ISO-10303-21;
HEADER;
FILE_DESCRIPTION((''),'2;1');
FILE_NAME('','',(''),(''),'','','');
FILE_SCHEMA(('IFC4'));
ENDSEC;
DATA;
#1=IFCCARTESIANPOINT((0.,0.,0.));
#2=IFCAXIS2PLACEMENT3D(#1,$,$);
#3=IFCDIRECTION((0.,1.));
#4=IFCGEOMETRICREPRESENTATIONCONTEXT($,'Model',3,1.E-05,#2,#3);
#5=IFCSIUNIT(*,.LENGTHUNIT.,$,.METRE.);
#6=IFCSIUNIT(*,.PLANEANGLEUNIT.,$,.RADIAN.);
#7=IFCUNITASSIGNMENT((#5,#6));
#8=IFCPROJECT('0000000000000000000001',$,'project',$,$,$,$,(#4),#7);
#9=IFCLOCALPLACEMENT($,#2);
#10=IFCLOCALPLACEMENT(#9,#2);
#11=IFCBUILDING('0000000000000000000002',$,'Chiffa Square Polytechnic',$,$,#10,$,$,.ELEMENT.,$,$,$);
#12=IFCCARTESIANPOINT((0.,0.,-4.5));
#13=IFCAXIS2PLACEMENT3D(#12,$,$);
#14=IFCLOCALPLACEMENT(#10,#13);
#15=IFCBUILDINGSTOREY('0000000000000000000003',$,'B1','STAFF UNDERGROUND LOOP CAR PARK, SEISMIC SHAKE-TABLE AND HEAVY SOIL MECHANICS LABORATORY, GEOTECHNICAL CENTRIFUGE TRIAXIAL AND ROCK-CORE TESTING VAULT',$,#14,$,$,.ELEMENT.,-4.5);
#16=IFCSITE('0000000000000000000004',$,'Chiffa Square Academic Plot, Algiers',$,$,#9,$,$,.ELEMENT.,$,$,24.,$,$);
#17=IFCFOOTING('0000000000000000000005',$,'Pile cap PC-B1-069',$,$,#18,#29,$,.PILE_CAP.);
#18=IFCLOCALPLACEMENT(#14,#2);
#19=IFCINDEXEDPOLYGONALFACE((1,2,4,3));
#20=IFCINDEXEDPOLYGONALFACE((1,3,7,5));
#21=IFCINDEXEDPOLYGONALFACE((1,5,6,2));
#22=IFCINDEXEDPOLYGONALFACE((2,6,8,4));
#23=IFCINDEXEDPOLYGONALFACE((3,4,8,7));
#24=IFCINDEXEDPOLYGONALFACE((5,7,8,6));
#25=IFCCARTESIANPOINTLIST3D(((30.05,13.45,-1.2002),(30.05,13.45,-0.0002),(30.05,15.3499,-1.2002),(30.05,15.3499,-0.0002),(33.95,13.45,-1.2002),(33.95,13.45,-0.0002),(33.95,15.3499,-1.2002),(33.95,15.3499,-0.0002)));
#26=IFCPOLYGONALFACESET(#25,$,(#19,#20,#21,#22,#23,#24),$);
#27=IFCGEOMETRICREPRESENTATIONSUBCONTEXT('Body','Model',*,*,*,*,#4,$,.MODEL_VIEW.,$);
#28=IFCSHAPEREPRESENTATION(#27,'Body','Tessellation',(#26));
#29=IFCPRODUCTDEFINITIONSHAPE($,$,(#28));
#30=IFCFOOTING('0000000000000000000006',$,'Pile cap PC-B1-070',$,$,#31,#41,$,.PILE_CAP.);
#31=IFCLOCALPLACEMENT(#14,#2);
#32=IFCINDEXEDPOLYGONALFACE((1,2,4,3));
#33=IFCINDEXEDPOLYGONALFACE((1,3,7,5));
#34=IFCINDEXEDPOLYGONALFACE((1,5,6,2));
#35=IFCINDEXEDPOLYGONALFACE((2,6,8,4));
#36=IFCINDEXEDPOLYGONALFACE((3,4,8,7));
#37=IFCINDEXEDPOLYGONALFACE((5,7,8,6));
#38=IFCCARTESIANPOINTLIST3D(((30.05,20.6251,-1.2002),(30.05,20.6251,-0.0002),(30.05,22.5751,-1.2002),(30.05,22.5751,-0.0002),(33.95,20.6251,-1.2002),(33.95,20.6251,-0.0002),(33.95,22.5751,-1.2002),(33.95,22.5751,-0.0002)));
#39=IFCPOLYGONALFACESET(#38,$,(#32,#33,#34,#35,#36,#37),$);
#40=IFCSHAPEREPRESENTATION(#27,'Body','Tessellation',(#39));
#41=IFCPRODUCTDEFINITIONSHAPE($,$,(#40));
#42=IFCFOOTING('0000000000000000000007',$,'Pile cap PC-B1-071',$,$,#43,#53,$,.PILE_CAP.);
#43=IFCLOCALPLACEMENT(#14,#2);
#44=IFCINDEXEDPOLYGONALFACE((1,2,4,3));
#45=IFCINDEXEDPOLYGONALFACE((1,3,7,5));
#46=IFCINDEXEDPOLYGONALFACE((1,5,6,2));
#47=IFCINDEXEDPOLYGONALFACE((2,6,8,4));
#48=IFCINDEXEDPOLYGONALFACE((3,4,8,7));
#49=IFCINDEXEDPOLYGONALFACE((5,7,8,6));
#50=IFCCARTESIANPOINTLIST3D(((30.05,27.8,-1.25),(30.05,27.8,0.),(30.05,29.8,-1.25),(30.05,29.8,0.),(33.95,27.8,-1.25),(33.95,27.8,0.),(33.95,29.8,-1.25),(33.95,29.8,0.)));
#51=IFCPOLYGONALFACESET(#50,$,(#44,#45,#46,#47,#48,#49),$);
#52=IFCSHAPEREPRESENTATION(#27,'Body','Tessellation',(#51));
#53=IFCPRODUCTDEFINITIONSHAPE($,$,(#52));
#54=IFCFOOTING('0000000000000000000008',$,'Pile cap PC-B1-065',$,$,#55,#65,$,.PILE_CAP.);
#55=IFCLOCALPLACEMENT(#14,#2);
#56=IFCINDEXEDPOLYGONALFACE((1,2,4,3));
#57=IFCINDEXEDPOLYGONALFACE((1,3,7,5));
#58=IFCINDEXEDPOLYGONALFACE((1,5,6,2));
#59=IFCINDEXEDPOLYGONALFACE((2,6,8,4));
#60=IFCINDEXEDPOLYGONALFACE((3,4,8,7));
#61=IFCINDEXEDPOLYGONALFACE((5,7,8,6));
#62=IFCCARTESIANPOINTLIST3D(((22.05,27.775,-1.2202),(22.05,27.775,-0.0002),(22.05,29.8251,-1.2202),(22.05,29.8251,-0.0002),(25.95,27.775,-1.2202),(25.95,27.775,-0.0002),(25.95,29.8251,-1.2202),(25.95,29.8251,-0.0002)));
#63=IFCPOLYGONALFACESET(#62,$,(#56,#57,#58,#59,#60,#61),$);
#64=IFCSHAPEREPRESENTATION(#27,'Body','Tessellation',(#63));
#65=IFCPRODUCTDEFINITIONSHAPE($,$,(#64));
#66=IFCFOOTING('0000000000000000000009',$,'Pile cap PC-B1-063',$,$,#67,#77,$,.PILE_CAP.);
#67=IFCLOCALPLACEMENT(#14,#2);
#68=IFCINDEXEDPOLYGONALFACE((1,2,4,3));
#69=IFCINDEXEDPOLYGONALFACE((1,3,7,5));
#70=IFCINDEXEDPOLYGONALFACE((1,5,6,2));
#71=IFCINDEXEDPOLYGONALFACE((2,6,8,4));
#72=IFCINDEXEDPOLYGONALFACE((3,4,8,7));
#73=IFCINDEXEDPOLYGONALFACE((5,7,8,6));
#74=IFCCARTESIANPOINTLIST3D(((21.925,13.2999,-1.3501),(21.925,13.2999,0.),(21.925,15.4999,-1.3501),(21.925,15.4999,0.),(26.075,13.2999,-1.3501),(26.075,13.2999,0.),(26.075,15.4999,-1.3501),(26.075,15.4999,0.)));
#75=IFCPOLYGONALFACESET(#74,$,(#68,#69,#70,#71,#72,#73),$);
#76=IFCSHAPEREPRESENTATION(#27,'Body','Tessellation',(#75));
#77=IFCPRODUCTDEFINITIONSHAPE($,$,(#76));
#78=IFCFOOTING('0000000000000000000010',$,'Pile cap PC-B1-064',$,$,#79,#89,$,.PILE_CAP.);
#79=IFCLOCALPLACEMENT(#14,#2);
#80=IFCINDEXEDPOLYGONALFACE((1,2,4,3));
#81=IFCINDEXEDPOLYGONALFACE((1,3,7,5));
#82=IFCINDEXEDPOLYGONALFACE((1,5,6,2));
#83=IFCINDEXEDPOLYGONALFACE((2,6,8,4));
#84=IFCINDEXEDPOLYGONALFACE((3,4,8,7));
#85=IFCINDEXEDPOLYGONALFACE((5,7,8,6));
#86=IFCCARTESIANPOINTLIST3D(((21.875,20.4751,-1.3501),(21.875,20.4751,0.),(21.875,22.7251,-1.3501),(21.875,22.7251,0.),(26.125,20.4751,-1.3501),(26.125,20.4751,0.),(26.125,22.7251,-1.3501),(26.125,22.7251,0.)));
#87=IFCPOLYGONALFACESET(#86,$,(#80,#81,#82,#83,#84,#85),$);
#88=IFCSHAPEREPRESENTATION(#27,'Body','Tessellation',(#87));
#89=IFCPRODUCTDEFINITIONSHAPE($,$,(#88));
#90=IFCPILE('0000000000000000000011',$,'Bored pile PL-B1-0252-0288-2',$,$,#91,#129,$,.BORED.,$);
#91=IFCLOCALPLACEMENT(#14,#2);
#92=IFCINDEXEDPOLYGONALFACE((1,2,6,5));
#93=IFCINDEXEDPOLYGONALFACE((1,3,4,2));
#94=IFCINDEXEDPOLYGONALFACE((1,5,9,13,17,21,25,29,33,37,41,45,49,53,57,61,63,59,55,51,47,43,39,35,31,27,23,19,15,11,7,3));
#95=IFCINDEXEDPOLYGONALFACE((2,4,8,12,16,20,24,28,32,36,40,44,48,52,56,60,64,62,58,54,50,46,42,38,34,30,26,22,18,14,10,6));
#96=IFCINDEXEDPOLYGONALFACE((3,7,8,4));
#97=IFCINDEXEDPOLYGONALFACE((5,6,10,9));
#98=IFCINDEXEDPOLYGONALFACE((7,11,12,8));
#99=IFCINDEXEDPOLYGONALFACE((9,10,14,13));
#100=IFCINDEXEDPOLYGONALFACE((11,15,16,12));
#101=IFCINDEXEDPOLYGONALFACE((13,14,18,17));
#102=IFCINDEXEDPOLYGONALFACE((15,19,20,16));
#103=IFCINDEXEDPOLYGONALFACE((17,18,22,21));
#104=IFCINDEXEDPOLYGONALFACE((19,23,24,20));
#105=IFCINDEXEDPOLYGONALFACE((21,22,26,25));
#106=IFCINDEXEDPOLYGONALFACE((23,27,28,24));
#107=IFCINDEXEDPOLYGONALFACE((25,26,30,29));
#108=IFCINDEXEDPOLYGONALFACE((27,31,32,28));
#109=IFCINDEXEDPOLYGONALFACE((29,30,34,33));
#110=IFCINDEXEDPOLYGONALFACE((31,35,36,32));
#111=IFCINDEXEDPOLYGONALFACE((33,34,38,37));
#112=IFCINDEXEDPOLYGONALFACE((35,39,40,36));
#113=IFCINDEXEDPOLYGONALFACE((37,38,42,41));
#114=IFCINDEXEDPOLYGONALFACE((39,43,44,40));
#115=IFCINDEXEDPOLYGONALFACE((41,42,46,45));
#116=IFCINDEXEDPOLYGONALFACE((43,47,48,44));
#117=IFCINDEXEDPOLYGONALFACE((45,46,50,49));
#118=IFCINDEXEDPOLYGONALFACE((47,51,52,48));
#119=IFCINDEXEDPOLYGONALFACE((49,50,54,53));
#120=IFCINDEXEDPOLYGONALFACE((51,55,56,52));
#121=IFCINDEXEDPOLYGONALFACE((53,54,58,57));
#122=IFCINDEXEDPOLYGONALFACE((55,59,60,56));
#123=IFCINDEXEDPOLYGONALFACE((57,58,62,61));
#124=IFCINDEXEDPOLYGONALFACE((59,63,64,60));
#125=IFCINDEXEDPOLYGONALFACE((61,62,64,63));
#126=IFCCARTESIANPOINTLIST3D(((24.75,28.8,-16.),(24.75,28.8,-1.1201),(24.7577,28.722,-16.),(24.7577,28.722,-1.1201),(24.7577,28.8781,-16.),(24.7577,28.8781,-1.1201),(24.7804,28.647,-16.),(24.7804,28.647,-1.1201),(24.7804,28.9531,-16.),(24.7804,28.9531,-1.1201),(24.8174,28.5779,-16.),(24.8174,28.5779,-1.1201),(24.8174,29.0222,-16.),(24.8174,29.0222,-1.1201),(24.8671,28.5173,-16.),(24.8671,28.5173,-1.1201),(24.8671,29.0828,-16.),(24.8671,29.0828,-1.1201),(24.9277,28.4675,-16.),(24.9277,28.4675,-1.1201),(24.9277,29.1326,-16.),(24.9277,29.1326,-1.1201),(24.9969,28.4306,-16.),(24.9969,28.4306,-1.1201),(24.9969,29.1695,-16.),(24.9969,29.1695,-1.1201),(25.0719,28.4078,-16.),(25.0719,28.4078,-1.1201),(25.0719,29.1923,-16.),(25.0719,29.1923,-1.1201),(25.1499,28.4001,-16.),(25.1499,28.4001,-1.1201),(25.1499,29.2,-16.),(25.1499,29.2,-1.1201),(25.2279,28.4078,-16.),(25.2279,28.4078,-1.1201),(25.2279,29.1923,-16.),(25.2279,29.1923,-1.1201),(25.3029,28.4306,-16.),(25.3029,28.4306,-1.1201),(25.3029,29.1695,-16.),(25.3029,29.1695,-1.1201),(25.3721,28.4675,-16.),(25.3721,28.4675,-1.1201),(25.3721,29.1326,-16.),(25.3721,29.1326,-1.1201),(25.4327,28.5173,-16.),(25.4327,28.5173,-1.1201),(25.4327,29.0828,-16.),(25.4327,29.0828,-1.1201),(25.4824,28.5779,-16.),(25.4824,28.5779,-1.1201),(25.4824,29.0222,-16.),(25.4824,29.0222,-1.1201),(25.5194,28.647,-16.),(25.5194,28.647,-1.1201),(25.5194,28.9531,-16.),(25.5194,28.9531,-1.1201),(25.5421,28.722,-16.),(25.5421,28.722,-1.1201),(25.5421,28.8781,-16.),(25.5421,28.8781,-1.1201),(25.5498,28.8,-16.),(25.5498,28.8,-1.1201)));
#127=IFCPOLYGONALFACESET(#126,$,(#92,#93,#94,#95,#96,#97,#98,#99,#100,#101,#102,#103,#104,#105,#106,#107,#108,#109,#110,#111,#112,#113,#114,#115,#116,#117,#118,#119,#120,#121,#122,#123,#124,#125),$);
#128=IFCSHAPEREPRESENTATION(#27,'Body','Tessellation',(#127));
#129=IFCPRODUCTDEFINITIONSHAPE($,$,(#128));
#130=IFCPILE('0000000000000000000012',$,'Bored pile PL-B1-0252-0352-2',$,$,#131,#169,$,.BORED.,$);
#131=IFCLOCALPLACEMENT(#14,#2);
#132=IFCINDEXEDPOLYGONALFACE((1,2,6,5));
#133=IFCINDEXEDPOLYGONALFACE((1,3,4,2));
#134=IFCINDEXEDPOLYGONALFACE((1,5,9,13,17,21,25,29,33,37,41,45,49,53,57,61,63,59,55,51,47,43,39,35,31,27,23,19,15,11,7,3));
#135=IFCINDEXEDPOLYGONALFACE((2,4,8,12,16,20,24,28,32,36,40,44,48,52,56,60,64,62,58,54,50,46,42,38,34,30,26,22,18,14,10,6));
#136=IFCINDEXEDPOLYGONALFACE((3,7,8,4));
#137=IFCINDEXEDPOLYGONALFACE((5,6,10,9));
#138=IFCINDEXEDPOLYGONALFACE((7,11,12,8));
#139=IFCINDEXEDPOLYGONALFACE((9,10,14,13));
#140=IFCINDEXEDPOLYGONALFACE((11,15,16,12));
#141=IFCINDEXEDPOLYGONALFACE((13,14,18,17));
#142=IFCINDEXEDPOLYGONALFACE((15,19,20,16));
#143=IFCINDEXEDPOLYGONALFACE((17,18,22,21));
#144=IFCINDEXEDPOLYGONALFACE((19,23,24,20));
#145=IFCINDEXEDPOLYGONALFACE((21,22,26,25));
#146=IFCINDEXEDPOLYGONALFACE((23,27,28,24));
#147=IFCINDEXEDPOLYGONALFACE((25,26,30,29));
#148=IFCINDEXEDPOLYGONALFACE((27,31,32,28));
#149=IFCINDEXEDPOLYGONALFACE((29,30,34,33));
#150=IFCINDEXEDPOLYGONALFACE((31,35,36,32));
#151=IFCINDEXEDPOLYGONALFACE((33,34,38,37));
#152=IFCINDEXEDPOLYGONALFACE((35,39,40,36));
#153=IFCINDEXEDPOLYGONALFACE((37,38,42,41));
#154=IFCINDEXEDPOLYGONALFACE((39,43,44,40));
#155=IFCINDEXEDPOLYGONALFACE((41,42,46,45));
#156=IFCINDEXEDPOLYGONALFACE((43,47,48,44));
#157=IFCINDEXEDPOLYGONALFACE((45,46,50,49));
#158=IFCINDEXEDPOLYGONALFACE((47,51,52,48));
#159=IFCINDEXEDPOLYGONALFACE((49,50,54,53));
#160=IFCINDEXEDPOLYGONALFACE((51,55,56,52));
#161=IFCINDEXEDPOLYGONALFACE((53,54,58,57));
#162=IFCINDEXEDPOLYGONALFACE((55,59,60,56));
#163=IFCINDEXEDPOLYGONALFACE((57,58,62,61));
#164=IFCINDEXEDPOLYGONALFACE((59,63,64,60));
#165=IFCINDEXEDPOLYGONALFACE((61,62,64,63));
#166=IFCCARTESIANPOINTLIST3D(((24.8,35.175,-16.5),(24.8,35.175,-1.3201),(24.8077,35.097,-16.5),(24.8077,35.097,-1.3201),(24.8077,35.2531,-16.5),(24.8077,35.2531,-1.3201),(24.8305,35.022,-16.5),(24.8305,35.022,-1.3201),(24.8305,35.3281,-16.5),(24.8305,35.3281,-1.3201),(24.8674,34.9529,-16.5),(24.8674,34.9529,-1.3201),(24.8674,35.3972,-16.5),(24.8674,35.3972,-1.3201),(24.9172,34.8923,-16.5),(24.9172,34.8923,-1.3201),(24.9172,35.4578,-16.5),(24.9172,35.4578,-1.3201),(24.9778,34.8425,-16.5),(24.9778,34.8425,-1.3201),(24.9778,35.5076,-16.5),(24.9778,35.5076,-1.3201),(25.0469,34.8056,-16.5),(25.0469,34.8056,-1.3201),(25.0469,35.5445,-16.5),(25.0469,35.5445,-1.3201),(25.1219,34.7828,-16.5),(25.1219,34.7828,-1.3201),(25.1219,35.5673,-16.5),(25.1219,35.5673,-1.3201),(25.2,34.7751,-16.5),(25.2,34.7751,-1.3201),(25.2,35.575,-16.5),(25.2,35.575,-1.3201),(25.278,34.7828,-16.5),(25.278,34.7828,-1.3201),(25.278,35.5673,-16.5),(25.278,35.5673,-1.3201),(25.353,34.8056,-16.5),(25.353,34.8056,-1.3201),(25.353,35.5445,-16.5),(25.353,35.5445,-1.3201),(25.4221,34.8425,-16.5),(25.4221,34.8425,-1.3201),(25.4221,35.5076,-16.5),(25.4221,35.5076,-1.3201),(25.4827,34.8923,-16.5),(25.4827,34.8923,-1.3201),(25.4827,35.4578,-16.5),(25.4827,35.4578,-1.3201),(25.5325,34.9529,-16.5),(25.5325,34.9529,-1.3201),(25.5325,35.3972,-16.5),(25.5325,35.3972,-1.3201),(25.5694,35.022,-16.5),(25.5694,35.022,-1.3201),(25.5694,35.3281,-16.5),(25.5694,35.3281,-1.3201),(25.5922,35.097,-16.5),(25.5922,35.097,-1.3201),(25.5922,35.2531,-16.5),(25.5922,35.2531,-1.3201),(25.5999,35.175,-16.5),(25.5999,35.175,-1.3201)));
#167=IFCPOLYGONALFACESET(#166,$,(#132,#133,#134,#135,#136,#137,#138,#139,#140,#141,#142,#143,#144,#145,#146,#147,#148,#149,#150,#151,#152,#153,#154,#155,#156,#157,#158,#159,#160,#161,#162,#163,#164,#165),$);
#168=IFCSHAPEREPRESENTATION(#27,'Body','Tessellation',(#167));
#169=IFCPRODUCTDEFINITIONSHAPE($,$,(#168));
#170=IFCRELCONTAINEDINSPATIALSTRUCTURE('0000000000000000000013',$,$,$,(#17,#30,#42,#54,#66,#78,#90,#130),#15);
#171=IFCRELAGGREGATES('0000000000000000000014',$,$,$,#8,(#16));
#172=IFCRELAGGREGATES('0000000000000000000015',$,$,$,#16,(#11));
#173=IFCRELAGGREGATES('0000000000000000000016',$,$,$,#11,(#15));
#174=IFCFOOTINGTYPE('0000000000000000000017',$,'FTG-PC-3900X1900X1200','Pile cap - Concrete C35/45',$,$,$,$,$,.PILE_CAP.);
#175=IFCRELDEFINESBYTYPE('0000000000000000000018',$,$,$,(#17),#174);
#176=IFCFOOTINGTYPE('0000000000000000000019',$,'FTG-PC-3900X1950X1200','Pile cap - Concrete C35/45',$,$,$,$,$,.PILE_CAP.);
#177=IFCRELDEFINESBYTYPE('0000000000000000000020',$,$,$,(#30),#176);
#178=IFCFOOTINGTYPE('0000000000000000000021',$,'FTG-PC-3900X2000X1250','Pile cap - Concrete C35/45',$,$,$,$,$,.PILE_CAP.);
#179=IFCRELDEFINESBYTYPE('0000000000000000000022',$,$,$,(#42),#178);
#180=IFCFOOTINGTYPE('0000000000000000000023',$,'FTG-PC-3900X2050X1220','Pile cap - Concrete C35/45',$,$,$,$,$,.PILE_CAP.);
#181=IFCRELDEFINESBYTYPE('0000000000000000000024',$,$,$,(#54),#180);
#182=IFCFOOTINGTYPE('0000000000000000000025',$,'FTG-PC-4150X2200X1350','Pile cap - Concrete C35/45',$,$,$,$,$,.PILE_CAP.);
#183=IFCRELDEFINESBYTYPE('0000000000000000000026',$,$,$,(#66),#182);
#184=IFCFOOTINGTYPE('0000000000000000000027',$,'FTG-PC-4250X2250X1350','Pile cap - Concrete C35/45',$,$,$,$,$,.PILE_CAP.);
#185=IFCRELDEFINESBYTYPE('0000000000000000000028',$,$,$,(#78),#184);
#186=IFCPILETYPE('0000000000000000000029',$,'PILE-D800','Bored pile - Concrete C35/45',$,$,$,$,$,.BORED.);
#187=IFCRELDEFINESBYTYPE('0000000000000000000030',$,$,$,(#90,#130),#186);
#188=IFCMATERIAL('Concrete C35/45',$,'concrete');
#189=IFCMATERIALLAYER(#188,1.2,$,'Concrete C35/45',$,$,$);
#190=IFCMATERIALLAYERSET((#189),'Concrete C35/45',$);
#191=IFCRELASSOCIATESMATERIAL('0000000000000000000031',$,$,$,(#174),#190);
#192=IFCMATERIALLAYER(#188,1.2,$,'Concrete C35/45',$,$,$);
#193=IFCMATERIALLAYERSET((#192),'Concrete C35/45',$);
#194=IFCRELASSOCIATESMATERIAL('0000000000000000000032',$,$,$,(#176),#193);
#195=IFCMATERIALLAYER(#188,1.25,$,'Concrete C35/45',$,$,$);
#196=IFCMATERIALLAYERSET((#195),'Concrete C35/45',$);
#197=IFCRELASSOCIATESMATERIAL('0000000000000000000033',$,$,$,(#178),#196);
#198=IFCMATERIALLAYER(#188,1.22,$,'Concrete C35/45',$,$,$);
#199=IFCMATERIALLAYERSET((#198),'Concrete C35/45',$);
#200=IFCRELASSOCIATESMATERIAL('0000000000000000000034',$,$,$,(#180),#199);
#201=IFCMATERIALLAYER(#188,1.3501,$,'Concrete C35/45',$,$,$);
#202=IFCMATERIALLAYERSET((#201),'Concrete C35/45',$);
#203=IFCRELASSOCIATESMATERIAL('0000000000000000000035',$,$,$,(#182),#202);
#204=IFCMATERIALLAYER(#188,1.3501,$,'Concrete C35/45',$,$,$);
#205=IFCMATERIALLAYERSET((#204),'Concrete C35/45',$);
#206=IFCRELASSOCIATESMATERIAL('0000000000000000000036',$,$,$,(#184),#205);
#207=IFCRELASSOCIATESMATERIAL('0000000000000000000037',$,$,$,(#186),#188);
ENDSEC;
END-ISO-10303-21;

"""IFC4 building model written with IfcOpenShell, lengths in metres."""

from ifc_helpers import new_model, si_unit, direction, frame, origin, origin_2d, place, context, subcontext, project, spatial, rectangle, circle, extrude, material, layer, layer_set, material_profile, profile_set, type_object, element, save


model = new_model("IFC4")

# Units and contexts
model_context = context("Model", 3, precision=1e-05, world=origin(), true_north=direction((0.0, 1.0)))
body_context = subcontext(model_context, "Body", "Model", "MODEL_VIEW")
ifc_project = project(units=[si_unit("LENGTHUNIT", "METRE"), si_unit("PLANEANGLEUNIT", "RADIAN")], contexts=[model_context])

# Site, building, storey
site_placement = place(None, origin())
site = spatial("IfcSite", under=ifc_project, at=site_placement, Name="Chiffa Square Academic Plot, Algiers", CompositionType="ELEMENT", RefElevation=24.0)
building_placement = place(site_placement, origin())
building = spatial("IfcBuilding", under=site, at=building_placement, Name="Chiffa Square Polytechnic", CompositionType="ELEMENT")
storey_placement = place(building_placement, frame((0.0, 0.0, -4.5)))
storey = spatial("IfcBuildingStorey", under=building, at=storey_placement, Name="B1", Description="STAFF UNDERGROUND LOOP CAR PARK, SEISMIC SHAKE-TABLE AND HEAVY SOIL MECHANICS LABORATORY, GEOTECHNICAL CENTRIFUGE TRIAXIAL AND ROCK-CORE TESTING VAULT", CompositionType="ELEMENT", Elevation=-4.5)

# Footings
ifc_material = material(Name="Concrete C35/45", Category="concrete")
ifc_layer_1 = layer(ifc_material, 1.2, Name="Concrete C35/45")
ifc_layer_set_1 = layer_set([ifc_layer_1], Name="Concrete C35/45")
footing_type_1 = type_object("IfcFootingType", Name="FTG-PC-3900X1900X1200", Description="Pile cap - Concrete C35/45", PredefinedType="PILE_CAP", material=ifc_layer_set_1)
footing_1_placement = place(storey_placement, frame((32.0, 14.3999, -1.2002), z_axis=(0.0, 0.0, 1.0), x_axis=(1.0, 0.0, 0.0)))
element("IfcFooting", 1, at=footing_1_placement, inside=storey, type_object=footing_type_1, Name="Pile cap PC-B1-069", PredefinedType="PILE_CAP", context=body_context, shape_type="SweptSolid", body=[
    extrude(rectangle(XDim=3.8999, YDim=1.8999, at=origin_2d()), origin(), (0.0, 0.0, 1.0), 1.2),
])
ifc_layer_2 = layer(ifc_material, 1.2, Name="Concrete C35/45")
ifc_layer_set_2 = layer_set([ifc_layer_2], Name="Concrete C35/45")
footing_type_2 = type_object("IfcFootingType", Name="FTG-PC-3900X1950X1200", Description="Pile cap - Concrete C35/45", PredefinedType="PILE_CAP", material=ifc_layer_set_2)
footing_2_placement = place(storey_placement, frame((32.0, 21.6001, -1.2002), z_axis=(0.0, 0.0, 1.0), x_axis=(1.0, 0.0, 0.0)))
element("IfcFooting", 2, at=footing_2_placement, inside=storey, type_object=footing_type_2, Name="Pile cap PC-B1-070", PredefinedType="PILE_CAP", context=body_context, shape_type="SweptSolid", body=[
    extrude(rectangle(XDim=3.8999, YDim=1.95, at=origin_2d()), origin(), (0.0, 0.0, 1.0), 1.2),
])
ifc_layer_3 = layer(ifc_material, 1.25, Name="Concrete C35/45")
ifc_layer_set_3 = layer_set([ifc_layer_3], Name="Concrete C35/45")
footing_type_3 = type_object("IfcFootingType", Name="FTG-PC-3900X2000X1250", Description="Pile cap - Concrete C35/45", PredefinedType="PILE_CAP", material=ifc_layer_set_3)
footing_3_placement = place(storey_placement, frame((32.0, 28.8, -1.25), z_axis=(0.0, 0.0, 1.0), x_axis=(1.0, 0.0, 0.0)))
element("IfcFooting", 3, at=footing_3_placement, inside=storey, type_object=footing_type_3, Name="Pile cap PC-B1-071", PredefinedType="PILE_CAP", context=body_context, shape_type="SweptSolid", body=[
    extrude(rectangle(XDim=3.8999, YDim=2.0, at=origin_2d()), origin(), (0.0, 0.0, 1.0), 1.25),
])
ifc_layer_4 = layer(ifc_material, 1.22, Name="Concrete C35/45")
ifc_layer_set_4 = layer_set([ifc_layer_4], Name="Concrete C35/45")
footing_type_4 = type_object("IfcFootingType", Name="FTG-PC-3900X2050X1220", Description="Pile cap - Concrete C35/45", PredefinedType="PILE_CAP", material=ifc_layer_set_4)
footing_4_placement = place(storey_placement, frame((24.0, 28.8, -1.2202), z_axis=(0.0, 0.0, 1.0), x_axis=(1.0, 0.0, 0.0)))
element("IfcFooting", 4, at=footing_4_placement, inside=storey, type_object=footing_type_4, Name="Pile cap PC-B1-065", PredefinedType="PILE_CAP", context=body_context, shape_type="SweptSolid", body=[
    extrude(rectangle(XDim=3.8999, YDim=2.05, at=origin_2d()), origin(), (0.0, 0.0, 1.0), 1.22),
])
ifc_layer_5 = layer(ifc_material, 1.3501, Name="Concrete C35/45")
ifc_layer_set_5 = layer_set([ifc_layer_5], Name="Concrete C35/45")
footing_type_5 = type_object("IfcFootingType", Name="FTG-PC-4150X2200X1350", Description="Pile cap - Concrete C35/45", PredefinedType="PILE_CAP", material=ifc_layer_set_5)
footing_5_placement = place(storey_placement, frame((24.0, 14.3999, -1.3501), z_axis=(0.0, 0.0, 1.0), x_axis=(1.0, 0.0, 0.0)))
element("IfcFooting", 5, at=footing_5_placement, inside=storey, type_object=footing_type_5, Name="Pile cap PC-B1-063", PredefinedType="PILE_CAP", context=body_context, shape_type="SweptSolid", body=[
    extrude(rectangle(XDim=4.1499, YDim=2.2, at=origin_2d()), origin(), (0.0, 0.0, 1.0), 1.3501),
])
ifc_layer_6 = layer(ifc_material, 1.3501, Name="Concrete C35/45")
ifc_layer_set_6 = layer_set([ifc_layer_6], Name="Concrete C35/45")
footing_type_6 = type_object("IfcFootingType", Name="FTG-PC-4250X2250X1350", Description="Pile cap - Concrete C35/45", PredefinedType="PILE_CAP", material=ifc_layer_set_6)
footing_6_placement = place(storey_placement, frame((24.0, 21.6001, -1.3501), z_axis=(0.0, 0.0, 1.0), x_axis=(1.0, 0.0, 0.0)))
element("IfcFooting", 6, at=footing_6_placement, inside=storey, type_object=footing_type_6, Name="Pile cap PC-B1-064", PredefinedType="PILE_CAP", context=body_context, shape_type="SweptSolid", body=[
    extrude(rectangle(XDim=4.25, YDim=2.25, at=origin_2d()), origin(), (0.0, 0.0, 1.0), 1.3501),
])

# Piles
ifc_material_profile_1 = material_profile(ifc_material, circle(Radius=0.3999, at=origin_2d()), Name="PILE D800")
ifc_profile_set_1 = profile_set([ifc_material_profile_1], Name="Concrete C35/45")
pile_type_1 = type_object("IfcPileType", Name="PILE-D800", Description="Bored pile - Concrete C35/45", PredefinedType="BORED", material=ifc_profile_set_1)
pile_1_placement = place(storey_placement, frame((25.1499, 28.8, -1.1201), z_axis=(0.0, 0.0, -1.0), x_axis=(1.0, 0.0, 0.0)))
element("IfcPile", 7, at=pile_1_placement, inside=storey, type_object=pile_type_1, Name="Bored pile PL-B1-0252-0288-2", PredefinedType="BORED", context=body_context, shape_type="SweptSolid", body=[
    extrude(circle(Radius=0.3999, at=origin_2d()), origin(), (0.0, 0.0, 1.0), 14.8799),
])
pile_2_placement = place(storey_placement, frame((25.2, 35.175, -1.3201), z_axis=(0.0, 0.0, -1.0), x_axis=(1.0, 0.0, 0.0)))
element("IfcPile", 8, at=pile_2_placement, inside=storey, type_object=pile_type_1, Name="Bored pile PL-B1-0252-0352-2", PredefinedType="BORED", context=body_context, shape_type="SweptSolid", body=[
    extrude(circle(Radius=0.3999, at=origin_2d()), origin(), (0.0, 0.0, 1.0), 15.1799),
])

save(model, "model.ifc")
